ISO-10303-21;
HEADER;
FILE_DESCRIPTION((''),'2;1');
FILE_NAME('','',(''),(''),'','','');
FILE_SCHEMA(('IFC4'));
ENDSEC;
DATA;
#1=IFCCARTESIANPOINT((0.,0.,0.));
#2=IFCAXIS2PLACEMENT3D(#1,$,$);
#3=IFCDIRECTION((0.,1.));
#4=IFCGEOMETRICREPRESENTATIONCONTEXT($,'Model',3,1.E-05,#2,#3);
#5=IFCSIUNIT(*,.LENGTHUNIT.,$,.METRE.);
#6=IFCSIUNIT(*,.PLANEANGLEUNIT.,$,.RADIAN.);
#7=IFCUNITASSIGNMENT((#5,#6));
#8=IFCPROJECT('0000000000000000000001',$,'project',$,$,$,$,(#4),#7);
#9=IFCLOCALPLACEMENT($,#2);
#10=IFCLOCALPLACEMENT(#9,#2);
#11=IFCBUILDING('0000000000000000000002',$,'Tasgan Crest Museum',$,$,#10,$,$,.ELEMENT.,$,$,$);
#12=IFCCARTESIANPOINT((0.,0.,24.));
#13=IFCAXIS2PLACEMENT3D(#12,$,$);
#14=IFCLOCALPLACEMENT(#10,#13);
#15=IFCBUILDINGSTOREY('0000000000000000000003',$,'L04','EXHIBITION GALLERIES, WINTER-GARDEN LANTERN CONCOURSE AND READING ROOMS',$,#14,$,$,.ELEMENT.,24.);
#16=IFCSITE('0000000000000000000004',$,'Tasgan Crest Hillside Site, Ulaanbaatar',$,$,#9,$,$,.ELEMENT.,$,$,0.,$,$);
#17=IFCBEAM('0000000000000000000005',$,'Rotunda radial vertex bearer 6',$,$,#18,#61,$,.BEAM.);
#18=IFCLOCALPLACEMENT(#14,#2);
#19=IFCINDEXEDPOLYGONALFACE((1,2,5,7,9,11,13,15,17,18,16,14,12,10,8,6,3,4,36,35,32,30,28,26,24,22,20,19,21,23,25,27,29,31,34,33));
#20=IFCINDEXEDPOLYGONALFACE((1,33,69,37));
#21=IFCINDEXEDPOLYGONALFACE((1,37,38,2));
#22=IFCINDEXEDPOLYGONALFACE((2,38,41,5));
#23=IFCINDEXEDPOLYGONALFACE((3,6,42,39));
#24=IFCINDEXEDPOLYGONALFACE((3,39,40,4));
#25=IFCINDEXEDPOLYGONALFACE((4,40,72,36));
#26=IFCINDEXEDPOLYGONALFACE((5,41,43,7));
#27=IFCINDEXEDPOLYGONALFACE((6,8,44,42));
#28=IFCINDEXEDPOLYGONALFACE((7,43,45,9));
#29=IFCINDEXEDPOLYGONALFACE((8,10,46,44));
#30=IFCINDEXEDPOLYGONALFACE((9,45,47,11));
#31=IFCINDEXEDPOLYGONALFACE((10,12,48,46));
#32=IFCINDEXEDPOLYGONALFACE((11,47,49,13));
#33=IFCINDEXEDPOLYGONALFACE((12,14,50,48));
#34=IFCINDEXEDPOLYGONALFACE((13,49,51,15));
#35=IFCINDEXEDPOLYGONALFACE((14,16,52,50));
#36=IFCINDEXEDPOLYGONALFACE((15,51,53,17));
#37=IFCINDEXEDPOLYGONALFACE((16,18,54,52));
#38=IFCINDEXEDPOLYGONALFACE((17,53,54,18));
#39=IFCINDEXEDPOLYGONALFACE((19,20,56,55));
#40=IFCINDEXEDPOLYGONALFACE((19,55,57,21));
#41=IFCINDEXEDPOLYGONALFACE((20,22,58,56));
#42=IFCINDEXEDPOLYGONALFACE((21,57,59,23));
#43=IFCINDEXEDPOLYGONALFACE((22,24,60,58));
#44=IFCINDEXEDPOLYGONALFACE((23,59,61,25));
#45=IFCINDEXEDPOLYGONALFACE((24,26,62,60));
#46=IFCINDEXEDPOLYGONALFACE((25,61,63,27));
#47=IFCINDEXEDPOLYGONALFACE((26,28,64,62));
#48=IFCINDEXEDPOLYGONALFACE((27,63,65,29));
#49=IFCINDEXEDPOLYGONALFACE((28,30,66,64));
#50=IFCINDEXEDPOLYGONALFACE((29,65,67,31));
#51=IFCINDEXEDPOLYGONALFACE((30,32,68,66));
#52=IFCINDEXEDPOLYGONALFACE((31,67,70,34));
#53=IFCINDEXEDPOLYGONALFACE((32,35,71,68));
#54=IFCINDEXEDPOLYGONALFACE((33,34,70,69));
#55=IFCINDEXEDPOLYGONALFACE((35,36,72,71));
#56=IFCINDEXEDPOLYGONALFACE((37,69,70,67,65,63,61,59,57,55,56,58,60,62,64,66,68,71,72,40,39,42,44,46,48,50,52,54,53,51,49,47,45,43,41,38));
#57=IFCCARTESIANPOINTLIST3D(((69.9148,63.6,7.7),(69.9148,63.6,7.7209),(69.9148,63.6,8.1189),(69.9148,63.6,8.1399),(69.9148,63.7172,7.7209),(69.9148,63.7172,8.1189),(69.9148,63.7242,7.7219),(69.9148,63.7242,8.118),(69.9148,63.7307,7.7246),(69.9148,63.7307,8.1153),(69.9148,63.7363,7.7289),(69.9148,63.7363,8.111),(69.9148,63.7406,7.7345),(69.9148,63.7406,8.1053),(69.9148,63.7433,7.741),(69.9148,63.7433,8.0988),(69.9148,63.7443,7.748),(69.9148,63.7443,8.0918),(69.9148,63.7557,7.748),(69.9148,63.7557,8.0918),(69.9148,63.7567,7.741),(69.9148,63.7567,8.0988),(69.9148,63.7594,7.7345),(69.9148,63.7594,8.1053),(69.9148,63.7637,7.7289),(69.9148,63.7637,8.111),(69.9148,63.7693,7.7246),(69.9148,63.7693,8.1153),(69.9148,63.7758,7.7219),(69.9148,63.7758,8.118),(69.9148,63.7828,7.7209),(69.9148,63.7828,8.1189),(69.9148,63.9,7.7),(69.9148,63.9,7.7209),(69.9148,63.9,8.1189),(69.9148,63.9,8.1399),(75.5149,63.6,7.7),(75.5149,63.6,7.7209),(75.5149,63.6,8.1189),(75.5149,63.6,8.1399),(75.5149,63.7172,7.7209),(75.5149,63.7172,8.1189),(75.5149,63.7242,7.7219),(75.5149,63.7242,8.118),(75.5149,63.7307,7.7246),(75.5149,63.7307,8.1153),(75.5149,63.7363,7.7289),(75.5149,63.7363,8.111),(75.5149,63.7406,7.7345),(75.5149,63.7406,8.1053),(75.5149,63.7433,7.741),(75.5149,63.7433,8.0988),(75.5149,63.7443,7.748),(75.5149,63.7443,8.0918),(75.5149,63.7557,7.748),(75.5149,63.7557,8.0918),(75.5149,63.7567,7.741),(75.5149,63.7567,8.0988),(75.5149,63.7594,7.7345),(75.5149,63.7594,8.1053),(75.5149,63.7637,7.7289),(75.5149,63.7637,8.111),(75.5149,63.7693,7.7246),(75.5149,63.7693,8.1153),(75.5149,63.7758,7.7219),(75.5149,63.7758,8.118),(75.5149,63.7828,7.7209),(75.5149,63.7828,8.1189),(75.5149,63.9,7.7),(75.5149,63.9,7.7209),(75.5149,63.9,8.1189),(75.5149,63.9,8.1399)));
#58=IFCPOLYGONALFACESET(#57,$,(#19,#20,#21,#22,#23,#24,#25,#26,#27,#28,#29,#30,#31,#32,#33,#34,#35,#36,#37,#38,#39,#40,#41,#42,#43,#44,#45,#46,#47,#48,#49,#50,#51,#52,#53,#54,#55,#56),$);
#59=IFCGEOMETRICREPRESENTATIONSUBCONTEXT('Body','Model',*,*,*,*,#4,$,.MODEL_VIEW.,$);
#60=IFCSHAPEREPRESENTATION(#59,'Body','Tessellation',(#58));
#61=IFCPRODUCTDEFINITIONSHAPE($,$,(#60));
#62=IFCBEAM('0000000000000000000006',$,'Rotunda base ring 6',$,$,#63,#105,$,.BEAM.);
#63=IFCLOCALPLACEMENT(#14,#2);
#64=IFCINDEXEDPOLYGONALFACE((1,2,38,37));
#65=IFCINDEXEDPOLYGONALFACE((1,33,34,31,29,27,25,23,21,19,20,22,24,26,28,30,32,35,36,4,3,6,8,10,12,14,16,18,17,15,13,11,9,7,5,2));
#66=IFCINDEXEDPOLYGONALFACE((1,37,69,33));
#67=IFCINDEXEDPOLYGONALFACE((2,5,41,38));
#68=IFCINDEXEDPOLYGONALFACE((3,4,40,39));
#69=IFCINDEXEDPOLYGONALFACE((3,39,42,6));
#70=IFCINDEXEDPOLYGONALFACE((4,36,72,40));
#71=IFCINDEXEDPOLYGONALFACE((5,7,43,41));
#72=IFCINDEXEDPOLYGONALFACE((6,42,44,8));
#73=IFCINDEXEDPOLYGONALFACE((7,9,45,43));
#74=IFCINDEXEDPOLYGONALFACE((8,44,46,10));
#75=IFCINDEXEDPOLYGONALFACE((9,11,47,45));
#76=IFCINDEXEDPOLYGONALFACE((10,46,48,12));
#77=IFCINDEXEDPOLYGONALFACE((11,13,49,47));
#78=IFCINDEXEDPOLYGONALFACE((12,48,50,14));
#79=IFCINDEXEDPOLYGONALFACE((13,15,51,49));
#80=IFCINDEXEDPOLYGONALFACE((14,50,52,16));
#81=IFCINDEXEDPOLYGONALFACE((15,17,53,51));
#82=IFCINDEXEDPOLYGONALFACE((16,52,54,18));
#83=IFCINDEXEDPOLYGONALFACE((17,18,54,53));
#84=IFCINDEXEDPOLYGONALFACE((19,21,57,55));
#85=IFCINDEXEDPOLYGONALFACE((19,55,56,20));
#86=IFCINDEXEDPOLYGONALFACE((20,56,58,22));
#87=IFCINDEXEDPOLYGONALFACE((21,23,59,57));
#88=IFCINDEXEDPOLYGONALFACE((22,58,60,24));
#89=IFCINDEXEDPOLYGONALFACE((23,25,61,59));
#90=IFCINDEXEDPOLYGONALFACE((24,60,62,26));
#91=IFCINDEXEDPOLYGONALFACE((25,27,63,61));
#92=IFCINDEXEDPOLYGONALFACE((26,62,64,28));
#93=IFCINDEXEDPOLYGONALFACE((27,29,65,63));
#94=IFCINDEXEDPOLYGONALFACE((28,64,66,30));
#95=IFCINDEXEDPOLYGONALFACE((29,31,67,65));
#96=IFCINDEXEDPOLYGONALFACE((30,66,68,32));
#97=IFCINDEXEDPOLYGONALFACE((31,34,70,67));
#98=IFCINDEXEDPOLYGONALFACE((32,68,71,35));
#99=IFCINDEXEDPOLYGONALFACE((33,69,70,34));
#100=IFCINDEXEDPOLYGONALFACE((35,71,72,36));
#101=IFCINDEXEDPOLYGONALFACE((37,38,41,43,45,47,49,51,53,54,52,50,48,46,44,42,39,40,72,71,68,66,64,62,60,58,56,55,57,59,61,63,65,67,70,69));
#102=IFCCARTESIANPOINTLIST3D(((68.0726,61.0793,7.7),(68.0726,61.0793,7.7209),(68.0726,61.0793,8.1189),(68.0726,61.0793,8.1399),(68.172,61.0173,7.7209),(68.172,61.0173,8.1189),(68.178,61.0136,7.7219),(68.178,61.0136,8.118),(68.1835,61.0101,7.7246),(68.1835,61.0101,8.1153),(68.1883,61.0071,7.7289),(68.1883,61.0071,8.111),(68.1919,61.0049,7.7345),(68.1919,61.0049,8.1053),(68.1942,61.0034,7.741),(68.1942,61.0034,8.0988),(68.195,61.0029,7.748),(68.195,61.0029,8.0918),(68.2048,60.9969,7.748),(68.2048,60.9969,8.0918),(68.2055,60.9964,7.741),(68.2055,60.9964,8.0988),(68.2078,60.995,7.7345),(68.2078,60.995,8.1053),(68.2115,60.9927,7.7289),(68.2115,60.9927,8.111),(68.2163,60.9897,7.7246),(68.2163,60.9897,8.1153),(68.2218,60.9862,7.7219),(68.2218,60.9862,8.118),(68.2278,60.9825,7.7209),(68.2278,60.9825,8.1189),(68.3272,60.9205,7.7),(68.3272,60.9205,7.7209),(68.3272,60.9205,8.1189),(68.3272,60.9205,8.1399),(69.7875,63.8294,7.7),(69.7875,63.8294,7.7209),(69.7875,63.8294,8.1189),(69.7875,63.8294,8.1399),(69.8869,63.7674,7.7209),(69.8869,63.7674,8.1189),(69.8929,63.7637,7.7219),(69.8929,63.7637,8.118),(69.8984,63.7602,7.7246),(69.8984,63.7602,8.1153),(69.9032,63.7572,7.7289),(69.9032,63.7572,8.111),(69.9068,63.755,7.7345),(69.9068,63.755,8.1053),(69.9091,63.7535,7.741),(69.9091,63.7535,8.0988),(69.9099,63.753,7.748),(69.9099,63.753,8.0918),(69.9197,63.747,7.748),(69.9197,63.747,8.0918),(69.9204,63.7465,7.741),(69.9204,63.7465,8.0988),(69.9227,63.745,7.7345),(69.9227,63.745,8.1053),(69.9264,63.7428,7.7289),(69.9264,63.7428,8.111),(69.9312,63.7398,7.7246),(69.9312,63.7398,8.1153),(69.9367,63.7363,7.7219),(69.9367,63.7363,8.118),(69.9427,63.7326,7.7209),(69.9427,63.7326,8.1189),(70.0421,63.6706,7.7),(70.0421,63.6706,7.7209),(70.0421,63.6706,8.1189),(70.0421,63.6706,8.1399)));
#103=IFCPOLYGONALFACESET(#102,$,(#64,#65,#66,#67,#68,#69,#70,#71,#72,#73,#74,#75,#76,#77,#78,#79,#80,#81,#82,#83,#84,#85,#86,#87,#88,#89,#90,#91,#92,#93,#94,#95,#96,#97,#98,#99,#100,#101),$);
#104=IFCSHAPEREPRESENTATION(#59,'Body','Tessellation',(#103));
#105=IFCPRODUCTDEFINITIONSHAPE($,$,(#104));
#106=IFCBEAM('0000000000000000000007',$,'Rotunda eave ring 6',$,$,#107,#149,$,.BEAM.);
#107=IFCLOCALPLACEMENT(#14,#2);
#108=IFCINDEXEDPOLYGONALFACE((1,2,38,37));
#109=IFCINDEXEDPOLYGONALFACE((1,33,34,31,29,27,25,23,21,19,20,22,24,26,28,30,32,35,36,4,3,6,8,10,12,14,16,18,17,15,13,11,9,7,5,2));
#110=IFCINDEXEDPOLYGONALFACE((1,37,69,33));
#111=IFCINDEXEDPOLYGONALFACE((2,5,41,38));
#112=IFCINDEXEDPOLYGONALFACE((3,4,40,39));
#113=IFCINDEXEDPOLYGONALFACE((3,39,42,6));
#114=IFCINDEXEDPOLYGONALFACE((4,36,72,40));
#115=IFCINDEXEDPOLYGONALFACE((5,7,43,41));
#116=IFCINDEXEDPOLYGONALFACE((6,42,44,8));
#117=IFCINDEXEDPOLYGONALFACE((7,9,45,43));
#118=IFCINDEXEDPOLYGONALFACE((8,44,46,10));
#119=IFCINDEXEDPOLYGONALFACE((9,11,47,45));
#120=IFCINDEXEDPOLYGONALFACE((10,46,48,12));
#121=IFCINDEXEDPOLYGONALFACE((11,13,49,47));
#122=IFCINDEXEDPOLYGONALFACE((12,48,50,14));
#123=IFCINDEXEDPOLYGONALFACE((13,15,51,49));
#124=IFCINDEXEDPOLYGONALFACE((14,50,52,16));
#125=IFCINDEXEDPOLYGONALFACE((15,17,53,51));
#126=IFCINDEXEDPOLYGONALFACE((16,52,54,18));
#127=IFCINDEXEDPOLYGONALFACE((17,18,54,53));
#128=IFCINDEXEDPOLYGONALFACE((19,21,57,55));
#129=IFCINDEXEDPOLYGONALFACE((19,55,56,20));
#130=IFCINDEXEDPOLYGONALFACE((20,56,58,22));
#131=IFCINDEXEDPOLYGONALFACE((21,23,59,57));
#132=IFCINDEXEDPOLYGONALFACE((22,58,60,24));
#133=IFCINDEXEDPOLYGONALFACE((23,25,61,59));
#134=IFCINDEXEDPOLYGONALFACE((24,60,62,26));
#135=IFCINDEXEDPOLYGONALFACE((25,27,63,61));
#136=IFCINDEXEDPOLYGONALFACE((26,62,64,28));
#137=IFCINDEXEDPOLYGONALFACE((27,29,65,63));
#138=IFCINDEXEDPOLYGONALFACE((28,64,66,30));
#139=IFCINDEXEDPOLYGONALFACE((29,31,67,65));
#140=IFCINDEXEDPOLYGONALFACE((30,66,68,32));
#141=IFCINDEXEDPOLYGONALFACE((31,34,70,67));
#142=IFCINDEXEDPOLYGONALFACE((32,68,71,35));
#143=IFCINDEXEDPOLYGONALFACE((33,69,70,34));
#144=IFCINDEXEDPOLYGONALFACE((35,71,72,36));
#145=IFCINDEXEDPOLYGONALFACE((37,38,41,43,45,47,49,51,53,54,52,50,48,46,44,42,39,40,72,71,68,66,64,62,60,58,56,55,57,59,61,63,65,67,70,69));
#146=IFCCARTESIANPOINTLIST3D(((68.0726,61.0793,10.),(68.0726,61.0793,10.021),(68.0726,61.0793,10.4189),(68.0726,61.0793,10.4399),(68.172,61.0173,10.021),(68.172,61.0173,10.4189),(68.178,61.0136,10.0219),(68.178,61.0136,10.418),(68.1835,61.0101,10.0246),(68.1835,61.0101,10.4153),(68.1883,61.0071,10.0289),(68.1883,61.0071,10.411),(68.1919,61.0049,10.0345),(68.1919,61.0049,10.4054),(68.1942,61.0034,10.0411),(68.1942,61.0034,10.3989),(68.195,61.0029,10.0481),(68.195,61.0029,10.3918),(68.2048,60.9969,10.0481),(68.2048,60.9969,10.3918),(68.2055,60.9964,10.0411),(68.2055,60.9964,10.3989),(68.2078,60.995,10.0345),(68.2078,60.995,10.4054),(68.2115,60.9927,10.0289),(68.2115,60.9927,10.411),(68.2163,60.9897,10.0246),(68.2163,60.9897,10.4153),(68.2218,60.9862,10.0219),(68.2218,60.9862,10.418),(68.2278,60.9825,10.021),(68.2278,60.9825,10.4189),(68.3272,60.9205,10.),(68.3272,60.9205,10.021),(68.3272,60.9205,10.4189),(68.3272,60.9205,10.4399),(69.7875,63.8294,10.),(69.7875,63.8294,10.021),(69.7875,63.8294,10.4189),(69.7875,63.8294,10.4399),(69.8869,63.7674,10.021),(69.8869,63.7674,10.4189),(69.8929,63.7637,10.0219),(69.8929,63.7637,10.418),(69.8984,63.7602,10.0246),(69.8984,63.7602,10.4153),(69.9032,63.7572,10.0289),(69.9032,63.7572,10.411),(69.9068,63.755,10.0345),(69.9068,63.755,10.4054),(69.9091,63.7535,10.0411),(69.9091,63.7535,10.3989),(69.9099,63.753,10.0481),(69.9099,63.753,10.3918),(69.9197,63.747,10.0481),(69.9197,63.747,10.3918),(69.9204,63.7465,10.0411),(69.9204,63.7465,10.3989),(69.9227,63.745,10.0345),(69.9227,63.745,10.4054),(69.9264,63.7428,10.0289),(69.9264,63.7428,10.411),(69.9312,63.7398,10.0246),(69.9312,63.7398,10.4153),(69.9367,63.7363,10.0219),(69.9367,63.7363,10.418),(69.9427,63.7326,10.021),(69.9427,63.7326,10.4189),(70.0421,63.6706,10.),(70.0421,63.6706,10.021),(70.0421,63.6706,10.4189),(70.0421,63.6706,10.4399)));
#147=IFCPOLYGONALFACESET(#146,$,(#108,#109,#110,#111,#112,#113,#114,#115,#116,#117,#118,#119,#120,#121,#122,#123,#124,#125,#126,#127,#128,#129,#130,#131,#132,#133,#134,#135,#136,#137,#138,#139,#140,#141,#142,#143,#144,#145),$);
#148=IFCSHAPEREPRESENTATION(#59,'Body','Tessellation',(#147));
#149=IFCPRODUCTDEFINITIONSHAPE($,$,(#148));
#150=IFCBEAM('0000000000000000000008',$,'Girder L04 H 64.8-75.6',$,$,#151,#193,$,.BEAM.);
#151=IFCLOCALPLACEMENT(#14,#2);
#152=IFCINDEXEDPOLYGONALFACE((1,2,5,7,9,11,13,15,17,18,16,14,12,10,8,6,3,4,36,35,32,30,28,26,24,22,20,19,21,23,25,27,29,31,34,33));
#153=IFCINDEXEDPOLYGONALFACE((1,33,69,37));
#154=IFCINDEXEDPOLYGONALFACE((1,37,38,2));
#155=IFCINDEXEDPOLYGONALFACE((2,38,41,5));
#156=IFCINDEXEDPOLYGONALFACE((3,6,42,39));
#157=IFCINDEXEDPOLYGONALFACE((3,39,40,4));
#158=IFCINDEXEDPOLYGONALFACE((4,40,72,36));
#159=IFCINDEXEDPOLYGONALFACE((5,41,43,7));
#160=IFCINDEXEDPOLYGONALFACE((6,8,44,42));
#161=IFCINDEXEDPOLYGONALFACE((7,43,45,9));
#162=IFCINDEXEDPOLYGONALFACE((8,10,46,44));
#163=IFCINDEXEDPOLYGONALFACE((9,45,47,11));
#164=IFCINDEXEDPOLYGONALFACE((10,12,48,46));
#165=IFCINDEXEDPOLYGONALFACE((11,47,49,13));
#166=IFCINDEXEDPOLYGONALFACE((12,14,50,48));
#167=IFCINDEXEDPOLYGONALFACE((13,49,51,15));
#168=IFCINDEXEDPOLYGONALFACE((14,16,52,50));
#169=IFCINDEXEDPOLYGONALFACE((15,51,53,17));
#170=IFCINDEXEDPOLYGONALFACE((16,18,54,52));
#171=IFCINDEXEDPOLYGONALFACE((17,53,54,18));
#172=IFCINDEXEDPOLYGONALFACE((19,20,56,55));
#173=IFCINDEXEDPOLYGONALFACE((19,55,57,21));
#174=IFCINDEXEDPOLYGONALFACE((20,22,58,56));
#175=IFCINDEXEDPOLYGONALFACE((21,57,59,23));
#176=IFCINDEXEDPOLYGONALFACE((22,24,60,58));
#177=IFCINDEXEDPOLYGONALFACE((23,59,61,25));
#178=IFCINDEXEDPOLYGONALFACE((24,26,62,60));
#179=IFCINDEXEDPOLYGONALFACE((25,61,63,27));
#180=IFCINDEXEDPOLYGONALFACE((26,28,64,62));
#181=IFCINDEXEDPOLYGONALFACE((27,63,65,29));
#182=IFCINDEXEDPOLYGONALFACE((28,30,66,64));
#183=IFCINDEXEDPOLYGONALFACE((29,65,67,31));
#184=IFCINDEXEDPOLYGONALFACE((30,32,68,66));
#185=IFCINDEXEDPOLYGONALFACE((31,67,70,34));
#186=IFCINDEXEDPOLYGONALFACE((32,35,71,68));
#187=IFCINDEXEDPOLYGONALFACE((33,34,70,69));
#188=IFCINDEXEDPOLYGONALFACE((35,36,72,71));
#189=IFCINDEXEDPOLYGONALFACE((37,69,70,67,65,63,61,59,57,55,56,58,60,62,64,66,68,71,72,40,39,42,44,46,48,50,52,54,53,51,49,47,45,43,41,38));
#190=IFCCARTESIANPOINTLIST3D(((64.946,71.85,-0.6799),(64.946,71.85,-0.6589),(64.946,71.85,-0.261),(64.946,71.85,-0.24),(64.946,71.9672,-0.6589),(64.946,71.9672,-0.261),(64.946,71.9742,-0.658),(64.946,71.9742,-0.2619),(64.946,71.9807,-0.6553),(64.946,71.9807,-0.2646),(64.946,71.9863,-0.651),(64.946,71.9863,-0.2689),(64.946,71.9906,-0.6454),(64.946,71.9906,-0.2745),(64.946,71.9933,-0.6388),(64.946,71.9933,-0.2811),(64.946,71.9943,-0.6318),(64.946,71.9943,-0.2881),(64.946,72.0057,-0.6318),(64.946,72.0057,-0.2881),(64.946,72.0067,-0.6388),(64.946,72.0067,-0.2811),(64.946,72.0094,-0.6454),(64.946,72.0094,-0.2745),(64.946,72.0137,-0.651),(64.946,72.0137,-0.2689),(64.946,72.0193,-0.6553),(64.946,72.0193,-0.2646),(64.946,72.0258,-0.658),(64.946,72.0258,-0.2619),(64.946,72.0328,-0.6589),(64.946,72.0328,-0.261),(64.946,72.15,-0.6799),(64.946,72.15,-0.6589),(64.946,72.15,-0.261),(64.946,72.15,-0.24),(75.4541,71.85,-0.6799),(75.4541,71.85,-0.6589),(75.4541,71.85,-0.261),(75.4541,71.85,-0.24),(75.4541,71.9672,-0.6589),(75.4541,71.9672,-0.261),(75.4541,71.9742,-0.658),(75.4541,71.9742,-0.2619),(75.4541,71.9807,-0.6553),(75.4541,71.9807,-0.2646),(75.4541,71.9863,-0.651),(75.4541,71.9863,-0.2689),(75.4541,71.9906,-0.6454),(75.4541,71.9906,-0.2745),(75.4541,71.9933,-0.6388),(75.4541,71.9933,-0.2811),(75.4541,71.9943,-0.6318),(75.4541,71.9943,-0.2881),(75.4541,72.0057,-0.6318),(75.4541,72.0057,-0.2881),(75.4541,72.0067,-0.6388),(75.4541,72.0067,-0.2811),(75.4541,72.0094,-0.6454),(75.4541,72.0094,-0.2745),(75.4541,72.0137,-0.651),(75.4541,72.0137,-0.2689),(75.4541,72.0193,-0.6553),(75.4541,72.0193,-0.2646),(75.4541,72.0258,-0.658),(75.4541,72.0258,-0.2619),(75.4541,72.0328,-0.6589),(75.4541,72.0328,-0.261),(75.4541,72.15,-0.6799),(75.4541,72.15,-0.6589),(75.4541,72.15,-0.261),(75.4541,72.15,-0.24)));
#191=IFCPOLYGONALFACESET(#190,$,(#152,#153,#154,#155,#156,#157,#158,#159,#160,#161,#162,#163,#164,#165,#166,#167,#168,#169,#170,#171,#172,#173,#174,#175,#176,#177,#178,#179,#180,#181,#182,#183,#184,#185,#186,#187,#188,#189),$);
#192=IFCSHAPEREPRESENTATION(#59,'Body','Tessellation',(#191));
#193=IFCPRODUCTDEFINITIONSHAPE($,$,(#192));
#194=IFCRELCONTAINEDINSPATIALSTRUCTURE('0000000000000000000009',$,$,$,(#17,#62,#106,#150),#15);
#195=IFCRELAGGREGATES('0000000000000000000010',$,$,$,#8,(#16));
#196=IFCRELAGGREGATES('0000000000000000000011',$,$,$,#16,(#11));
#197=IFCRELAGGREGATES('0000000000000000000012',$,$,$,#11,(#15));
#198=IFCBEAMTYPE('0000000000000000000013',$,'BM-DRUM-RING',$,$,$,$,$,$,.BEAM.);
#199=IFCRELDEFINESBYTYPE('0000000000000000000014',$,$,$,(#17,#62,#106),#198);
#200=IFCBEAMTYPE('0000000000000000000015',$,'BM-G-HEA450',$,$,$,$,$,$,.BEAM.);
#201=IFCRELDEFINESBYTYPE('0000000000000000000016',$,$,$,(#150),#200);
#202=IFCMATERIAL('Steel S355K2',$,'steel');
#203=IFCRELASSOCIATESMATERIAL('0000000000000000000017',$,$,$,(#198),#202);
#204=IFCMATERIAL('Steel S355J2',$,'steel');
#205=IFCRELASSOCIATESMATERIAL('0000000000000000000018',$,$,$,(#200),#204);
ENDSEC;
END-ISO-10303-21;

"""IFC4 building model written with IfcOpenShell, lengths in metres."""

from ifc_helpers import new_model, si_unit, direction, frame, origin, origin_2d, place, context, subcontext, project, spatial, i_section, extrude, material, material_profile, profile_set, type_object, element, save


model = new_model("IFC4")

# Units and contexts
model_context = context("Model", 3, precision=1e-05, world=origin(), true_north=direction((0.0, 1.0)))
body_context = subcontext(model_context, "Body", "Model", "MODEL_VIEW")
ifc_project = project(units=[si_unit("LENGTHUNIT", "METRE"), si_unit("PLANEANGLEUNIT", "RADIAN")], contexts=[model_context])

# Site, building, storey
site_placement = place(None, origin())
site = spatial("IfcSite", under=ifc_project, at=site_placement, Name="Tasgan Crest Hillside Site, Ulaanbaatar", CompositionType="ELEMENT", RefElevation=0.0)
building_placement = place(site_placement, origin())
building = spatial("IfcBuilding", under=site, at=building_placement, Name="Tasgan Crest Museum", CompositionType="ELEMENT")
storey_placement = place(building_placement, frame((0.0, 0.0, 24.0)))
storey = spatial("IfcBuildingStorey", under=building, at=storey_placement, Name="L04", Description="EXHIBITION GALLERIES, WINTER-GARDEN LANTERN CONCOURSE AND READING ROOMS", CompositionType="ELEMENT", Elevation=24.0)

# Beams
ifc_material_1 = material(Name="Steel S355K2", Category="steel")
ifc_material_profile_1 = material_profile(ifc_material_1, i_section(OverallWidth=0.3, OverallDepth=0.4399, WebThickness=0.0115, FlangeThickness=0.021, FilletRadius=0.0271, at=origin_2d()), Name="HEA 450")
ifc_profile_set_1 = profile_set([ifc_material_profile_1], Name="Steel S355K2")
beam_type_1 = type_object("IfcBeamType", Name="BM-DRUM-RING", PredefinedType="BEAM", material=ifc_profile_set_1)
beam_1_placement = place(storey_placement, frame((75.5149, 63.75, 7.9199), z_axis=(-1.0, 0.0, 0.0), x_axis=(0.0, -1.0, 0.0)))
element("IfcBeam", 1, at=beam_1_placement, inside=storey, type_object=beam_type_1, Name="Rotunda radial vertex bearer 6", PredefinedType="BEAM", context=body_context, shape_type="SweptSolid", body=[
    extrude(i_section(OverallWidth=0.3, OverallDepth=0.4399, WebThickness=0.0115, FlangeThickness=0.021, FilletRadius=0.0271, at=origin_2d()), origin(), (0.0, 0.0, 1.0), 5.6001),
])
for number, where, z_axis, x_axis, name in (
    (2, (69.9148, 63.75, 7.9199), (-0.529132, -0.84854, 0.0), (0.84854, -0.529132, 0.0), "Rotunda base ring 6"),
    (3, (69.9148, 63.75, 10.22), (-0.529132, -0.84854, 0.0), (0.84854, -0.529132, 0.0), "Rotunda eave ring 6"),
):
    element("IfcBeam", number, at=place(storey_placement, frame(where, z_axis=z_axis, x_axis=x_axis)), inside=storey, type_object=beam_type_1, Name=name, PredefinedType="BEAM", context=body_context, shape_type="SweptSolid", body=[
        extrude(i_section(OverallWidth=0.3, OverallDepth=0.4399, WebThickness=0.0115, FlangeThickness=0.021, FilletRadius=0.0271, at=origin_2d()), origin(), (0.0, 0.0, 1.0), 3.241),
    ])
ifc_material_2 = material(Name="Steel S355J2", Category="steel")
ifc_material_profile_2 = material_profile(ifc_material_2, i_section(OverallWidth=0.3, OverallDepth=0.4399, WebThickness=0.0115, FlangeThickness=0.021, FilletRadius=0.0271, at=origin_2d()), Name="HEA 450")
ifc_profile_set_2 = profile_set([ifc_material_profile_2], Name="Steel S355J2")
beam_type_2 = type_object("IfcBeamType", Name="BM-G-HEA450", PredefinedType="BEAM", material=ifc_profile_set_2)
beam_2_placement = place(storey_placement, frame((64.946, 72.0, -0.46), z_axis=(1.0, 0.0, 0.0), x_axis=(0.0, 1.0, 0.0)))
element("IfcBeam", 4, at=beam_2_placement, inside=storey, type_object=beam_type_2, Name="Girder L04 H 64.8-75.6", PredefinedType="BEAM", context=body_context, shape_type="SweptSolid", body=[
    extrude(i_section(OverallWidth=0.3, OverallDepth=0.4399, WebThickness=0.0115, FlangeThickness=0.021, FilletRadius=0.0271, at=origin_2d()), origin(), (0.0, 0.0, 1.0), 10.5081),
])

save(model, "model.ifc")
